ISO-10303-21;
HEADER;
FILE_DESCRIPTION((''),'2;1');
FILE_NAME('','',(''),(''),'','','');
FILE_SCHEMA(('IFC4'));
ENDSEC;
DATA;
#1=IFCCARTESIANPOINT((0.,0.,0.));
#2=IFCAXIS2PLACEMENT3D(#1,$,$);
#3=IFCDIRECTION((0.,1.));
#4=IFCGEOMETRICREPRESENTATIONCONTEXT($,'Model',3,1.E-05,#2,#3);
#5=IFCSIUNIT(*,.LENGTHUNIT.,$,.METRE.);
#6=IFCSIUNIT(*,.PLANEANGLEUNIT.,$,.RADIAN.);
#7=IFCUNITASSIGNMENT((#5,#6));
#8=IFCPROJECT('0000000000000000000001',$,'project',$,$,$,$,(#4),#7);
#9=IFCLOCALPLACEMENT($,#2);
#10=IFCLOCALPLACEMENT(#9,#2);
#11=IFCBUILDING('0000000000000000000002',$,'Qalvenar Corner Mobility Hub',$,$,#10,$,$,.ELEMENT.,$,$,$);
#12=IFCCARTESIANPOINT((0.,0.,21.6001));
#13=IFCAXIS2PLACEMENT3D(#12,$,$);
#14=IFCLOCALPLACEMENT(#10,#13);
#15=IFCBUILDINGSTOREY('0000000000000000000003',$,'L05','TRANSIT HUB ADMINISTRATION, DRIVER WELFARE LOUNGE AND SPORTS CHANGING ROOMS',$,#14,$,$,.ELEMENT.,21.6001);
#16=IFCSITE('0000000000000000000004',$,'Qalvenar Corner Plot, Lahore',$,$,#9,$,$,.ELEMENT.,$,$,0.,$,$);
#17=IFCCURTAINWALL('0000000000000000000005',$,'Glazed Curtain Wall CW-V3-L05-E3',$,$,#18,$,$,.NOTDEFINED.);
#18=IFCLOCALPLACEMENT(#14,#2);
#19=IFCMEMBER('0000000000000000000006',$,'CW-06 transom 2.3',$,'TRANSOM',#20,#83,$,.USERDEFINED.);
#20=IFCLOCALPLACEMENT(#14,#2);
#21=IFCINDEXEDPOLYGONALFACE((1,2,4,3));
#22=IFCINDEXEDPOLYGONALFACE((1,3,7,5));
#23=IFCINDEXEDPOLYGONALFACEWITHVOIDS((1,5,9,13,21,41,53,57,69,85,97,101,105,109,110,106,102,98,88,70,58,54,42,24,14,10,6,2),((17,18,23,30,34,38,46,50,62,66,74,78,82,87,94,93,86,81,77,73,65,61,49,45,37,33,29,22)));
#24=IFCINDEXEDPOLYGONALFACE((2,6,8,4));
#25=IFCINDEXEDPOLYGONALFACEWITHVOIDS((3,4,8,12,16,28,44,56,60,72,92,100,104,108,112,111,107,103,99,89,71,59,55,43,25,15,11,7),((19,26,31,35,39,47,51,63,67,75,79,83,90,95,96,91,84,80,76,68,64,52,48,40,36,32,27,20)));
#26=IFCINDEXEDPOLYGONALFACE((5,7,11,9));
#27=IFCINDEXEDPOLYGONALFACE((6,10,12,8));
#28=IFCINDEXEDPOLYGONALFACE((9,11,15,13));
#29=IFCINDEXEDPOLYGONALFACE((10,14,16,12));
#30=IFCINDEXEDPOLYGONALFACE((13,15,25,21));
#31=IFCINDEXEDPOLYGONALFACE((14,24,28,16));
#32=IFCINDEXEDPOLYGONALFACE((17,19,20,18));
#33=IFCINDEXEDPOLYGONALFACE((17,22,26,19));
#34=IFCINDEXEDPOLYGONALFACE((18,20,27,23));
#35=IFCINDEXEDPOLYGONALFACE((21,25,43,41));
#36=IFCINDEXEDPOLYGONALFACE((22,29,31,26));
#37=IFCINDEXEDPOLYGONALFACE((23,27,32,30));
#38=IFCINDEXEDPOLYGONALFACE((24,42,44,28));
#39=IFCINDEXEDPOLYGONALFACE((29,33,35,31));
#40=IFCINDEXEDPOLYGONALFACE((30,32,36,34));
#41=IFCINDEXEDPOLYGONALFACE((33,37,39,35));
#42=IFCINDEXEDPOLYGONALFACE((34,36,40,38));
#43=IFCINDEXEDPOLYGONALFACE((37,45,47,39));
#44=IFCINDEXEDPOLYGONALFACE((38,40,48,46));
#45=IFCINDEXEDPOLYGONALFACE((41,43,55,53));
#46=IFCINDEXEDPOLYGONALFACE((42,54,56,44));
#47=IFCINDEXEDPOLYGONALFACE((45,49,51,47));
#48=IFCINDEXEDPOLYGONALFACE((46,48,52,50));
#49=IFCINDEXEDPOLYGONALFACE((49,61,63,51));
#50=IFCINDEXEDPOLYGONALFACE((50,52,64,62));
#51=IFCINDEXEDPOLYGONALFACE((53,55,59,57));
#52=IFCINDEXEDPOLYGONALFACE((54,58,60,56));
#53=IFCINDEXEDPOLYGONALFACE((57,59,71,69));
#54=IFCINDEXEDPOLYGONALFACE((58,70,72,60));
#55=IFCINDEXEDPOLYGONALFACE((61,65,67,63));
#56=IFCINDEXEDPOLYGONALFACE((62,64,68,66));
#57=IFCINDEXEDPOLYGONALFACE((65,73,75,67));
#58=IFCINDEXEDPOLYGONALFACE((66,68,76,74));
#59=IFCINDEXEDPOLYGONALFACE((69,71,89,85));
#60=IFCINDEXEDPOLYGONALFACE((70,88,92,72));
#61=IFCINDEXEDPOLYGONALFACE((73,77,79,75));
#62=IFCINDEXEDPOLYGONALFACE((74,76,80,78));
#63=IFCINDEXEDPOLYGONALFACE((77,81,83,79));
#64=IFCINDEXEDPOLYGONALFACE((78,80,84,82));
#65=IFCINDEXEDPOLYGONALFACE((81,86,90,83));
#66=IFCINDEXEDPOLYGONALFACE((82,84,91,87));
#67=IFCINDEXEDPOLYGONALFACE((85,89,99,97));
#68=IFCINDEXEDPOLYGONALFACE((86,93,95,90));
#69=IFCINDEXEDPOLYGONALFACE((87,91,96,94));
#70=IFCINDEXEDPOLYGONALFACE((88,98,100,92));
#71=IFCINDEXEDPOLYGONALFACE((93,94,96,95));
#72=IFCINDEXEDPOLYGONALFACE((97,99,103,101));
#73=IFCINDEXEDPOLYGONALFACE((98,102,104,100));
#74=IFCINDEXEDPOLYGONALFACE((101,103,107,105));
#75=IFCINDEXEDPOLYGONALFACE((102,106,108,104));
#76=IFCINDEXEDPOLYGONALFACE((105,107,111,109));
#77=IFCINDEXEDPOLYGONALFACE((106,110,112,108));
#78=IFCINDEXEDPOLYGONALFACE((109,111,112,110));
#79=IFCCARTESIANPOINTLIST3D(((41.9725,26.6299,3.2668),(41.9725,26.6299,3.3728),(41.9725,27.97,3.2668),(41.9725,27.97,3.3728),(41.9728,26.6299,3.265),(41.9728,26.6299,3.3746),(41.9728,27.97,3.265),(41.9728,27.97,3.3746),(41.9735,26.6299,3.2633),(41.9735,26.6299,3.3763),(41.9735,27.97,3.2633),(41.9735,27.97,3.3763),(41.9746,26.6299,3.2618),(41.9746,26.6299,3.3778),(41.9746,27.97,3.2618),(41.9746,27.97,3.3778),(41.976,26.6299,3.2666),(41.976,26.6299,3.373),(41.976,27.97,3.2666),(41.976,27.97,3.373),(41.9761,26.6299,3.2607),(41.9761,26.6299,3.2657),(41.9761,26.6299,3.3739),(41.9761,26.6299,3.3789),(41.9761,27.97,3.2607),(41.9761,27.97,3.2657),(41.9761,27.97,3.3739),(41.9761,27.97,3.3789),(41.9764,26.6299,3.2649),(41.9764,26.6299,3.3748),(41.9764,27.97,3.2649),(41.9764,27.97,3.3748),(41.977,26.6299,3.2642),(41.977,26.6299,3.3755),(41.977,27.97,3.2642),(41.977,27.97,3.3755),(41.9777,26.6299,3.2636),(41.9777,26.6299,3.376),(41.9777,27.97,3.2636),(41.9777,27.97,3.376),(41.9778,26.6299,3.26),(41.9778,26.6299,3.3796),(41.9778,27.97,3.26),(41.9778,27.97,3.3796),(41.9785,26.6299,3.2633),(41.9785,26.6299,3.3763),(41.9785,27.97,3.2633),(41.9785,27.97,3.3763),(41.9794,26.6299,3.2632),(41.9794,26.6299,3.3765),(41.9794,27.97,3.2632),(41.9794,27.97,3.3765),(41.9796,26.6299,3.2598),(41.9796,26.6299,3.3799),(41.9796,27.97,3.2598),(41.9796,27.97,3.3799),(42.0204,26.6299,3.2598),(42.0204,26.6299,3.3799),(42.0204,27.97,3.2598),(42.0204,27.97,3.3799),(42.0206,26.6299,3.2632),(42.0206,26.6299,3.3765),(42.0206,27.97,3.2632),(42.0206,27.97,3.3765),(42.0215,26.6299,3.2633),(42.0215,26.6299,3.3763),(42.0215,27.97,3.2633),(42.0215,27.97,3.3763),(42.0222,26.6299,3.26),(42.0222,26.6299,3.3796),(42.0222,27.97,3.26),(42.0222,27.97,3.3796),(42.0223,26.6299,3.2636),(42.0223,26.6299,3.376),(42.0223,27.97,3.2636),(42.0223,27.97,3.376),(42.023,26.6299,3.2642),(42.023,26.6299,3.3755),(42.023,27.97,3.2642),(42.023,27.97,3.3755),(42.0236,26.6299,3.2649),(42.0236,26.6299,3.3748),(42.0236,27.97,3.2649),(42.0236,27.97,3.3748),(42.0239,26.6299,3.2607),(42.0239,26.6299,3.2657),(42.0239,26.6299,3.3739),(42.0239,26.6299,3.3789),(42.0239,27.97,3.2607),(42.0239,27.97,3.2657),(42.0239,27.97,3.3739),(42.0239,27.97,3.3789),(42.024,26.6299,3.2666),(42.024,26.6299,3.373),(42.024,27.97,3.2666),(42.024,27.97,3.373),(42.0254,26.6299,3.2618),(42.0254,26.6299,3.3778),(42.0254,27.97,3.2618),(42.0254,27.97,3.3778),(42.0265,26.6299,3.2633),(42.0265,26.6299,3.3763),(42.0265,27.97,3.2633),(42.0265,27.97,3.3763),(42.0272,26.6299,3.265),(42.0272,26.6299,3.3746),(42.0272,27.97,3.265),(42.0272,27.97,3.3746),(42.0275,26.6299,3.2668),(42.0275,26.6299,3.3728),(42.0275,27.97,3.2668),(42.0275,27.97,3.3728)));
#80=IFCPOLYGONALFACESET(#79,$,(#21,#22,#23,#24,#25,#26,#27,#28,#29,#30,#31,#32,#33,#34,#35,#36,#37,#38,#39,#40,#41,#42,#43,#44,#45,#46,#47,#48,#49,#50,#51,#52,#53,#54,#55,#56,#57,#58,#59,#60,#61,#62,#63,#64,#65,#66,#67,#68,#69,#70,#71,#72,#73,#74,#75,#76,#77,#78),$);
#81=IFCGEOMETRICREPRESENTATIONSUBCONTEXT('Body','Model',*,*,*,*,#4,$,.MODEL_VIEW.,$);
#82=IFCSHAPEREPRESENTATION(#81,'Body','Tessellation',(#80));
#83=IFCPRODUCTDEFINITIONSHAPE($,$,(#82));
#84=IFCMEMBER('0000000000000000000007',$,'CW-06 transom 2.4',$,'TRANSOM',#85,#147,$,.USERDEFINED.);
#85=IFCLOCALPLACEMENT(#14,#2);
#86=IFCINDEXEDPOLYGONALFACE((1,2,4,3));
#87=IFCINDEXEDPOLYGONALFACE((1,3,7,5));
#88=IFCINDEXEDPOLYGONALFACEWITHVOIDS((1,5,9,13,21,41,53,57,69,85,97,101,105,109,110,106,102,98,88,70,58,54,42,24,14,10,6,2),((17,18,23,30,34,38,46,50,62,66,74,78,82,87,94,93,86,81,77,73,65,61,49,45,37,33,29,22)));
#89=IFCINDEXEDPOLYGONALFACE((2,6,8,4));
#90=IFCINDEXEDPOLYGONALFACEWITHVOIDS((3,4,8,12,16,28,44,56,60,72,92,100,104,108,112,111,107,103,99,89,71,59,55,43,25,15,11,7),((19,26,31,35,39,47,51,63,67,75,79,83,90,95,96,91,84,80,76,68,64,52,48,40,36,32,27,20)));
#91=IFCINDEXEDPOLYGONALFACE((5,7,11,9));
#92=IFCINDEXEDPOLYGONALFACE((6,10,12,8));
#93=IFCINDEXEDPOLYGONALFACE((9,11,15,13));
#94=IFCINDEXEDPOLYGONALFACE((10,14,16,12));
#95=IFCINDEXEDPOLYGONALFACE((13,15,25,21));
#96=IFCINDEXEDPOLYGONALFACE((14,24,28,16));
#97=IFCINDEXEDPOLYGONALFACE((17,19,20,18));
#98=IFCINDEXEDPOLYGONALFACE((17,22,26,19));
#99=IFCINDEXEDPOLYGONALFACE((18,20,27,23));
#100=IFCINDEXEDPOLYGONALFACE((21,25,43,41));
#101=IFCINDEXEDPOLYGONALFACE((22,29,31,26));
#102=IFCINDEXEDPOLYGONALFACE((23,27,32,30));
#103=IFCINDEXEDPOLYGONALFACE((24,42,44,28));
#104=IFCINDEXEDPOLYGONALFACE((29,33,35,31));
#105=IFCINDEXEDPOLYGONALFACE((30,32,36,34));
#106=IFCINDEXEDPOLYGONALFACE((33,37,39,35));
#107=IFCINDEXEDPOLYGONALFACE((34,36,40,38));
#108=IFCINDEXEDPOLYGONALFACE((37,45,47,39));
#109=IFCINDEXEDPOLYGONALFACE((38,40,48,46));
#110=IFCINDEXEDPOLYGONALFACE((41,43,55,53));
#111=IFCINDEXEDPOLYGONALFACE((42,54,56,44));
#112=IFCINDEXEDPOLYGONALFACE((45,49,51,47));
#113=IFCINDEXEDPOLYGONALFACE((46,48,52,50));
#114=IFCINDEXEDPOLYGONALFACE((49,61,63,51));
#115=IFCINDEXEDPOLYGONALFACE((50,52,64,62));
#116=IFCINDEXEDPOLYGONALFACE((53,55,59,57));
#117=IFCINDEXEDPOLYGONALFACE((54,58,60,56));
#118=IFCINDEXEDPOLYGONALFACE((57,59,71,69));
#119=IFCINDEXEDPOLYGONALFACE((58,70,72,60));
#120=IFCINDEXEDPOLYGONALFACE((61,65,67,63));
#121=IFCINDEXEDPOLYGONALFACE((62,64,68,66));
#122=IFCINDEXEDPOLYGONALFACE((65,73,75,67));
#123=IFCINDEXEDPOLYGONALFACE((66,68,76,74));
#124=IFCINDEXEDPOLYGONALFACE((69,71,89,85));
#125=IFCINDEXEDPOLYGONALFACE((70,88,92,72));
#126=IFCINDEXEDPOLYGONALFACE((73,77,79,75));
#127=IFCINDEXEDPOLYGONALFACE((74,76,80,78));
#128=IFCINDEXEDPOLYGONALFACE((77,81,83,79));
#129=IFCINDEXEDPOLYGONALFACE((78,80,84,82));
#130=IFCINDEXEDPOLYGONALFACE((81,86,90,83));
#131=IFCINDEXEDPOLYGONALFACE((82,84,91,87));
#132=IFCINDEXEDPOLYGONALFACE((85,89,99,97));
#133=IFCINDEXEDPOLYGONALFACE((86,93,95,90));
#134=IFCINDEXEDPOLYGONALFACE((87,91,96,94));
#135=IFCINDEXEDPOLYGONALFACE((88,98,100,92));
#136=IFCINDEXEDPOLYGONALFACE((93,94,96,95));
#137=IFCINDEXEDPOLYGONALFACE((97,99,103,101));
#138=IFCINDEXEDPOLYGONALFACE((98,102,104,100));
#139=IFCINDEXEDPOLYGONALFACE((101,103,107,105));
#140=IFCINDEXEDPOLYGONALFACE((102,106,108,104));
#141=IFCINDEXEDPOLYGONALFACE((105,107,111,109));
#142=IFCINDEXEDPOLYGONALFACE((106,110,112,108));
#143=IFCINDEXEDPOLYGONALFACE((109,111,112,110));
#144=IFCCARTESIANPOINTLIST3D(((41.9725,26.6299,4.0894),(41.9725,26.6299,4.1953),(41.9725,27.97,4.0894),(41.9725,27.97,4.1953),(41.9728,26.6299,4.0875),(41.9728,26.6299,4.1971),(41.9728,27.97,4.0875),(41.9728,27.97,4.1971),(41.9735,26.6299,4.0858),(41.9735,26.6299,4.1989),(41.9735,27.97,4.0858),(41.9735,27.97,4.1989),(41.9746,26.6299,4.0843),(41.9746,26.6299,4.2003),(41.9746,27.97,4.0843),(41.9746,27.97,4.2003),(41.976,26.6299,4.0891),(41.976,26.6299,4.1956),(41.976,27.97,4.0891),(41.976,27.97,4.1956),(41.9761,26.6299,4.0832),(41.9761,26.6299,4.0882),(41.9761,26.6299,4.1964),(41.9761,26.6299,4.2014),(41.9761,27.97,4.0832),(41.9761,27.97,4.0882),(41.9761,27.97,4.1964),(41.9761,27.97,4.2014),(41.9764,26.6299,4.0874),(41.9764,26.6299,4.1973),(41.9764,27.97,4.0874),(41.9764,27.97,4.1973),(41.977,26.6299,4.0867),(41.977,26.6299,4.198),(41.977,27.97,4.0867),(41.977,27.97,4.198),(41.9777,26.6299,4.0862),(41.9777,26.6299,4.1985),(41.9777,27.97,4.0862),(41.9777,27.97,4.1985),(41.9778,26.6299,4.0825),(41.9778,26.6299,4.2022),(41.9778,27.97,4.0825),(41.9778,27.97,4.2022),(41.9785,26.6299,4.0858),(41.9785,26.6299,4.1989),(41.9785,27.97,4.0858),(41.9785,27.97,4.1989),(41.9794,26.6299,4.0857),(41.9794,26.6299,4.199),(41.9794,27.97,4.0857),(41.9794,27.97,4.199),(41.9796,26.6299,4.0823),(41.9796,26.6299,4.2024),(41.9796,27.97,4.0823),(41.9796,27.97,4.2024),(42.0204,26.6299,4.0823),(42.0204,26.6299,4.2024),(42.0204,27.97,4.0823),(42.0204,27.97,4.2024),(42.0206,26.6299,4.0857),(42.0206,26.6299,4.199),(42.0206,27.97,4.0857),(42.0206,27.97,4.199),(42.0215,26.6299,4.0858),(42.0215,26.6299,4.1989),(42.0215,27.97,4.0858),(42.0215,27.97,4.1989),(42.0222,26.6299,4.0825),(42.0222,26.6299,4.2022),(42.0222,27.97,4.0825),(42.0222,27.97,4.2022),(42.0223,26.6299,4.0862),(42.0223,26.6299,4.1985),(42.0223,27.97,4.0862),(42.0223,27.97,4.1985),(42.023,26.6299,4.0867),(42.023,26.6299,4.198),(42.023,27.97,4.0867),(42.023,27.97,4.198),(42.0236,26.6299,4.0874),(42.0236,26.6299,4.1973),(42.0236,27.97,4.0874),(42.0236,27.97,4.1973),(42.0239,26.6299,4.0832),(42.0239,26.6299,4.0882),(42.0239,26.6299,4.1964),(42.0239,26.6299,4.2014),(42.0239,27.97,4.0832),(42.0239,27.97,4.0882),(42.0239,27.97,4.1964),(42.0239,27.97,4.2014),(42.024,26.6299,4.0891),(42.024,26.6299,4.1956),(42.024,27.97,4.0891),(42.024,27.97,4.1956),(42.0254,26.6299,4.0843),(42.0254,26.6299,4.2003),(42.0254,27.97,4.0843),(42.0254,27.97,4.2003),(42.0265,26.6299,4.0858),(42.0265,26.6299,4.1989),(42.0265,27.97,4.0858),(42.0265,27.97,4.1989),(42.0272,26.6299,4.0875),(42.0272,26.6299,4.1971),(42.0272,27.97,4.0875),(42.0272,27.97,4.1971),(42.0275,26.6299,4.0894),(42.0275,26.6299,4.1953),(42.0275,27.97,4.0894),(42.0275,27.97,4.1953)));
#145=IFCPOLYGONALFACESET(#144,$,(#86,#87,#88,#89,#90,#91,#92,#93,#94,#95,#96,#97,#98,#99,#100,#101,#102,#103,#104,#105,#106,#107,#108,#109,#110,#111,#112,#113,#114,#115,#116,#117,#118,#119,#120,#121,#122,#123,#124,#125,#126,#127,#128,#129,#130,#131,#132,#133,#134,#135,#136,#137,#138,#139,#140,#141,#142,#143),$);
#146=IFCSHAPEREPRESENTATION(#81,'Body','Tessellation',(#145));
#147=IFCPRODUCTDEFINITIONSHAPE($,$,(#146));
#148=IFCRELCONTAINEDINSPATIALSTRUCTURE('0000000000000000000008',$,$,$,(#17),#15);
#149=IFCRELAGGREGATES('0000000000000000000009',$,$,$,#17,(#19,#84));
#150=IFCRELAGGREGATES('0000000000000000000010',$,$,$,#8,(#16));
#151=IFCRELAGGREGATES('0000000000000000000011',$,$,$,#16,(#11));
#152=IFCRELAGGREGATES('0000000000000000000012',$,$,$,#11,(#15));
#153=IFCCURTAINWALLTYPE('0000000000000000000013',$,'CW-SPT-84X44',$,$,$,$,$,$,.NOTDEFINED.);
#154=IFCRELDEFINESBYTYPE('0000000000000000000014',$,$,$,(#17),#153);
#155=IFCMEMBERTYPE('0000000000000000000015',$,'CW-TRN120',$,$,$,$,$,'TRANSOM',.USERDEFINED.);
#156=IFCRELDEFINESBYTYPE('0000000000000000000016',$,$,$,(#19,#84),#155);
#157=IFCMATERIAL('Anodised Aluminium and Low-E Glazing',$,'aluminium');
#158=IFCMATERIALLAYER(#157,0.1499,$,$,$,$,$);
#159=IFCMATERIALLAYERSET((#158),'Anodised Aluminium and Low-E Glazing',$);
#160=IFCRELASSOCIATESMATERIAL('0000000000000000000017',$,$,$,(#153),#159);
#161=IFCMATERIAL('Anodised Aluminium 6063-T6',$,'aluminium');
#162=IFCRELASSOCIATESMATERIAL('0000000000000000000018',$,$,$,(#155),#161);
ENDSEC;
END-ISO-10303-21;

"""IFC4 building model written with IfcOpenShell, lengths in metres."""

from ifc_helpers import new_model, si_unit, direction, frame, origin, origin_2d, place, context, subcontext, project, spatial, hollow_rectangle, extrude, material, layer, layer_set, material_profile, profile_set, type_object, element, aggregate, save


model = new_model("IFC4")

# Units and contexts
model_context = context("Model", 3, precision=1e-05, world=origin(), true_north=direction((0.0, 1.0)))
body_context = subcontext(model_context, "Body", "Model", "MODEL_VIEW")
ifc_project = project(units=[si_unit("LENGTHUNIT", "METRE"), si_unit("PLANEANGLEUNIT", "RADIAN")], contexts=[model_context])

# Site, building, storey
site_placement = place(None, origin())
site = spatial("IfcSite", under=ifc_project, at=site_placement, Name="Qalvenar Corner Plot, Lahore", CompositionType="ELEMENT", RefElevation=0.0)
building_placement = place(site_placement, origin())
building = spatial("IfcBuilding", under=site, at=building_placement, Name="Qalvenar Corner Mobility Hub", CompositionType="ELEMENT")
storey_placement = place(building_placement, frame((0.0, 0.0, 21.6001)))
storey = spatial("IfcBuildingStorey", under=building, at=storey_placement, Name="L05", Description="TRANSIT HUB ADMINISTRATION, DRIVER WELFARE LOUNGE AND SPORTS CHANGING ROOMS", CompositionType="ELEMENT", Elevation=21.6001)

# Curtain wall, members
ifc_material_1 = material(Name="Anodised Aluminium and Low-E Glazing", Category="aluminium")
ifc_layer_1 = layer(ifc_material_1, 0.1499)
ifc_layer_set_1 = layer_set([ifc_layer_1], Name="Anodised Aluminium and Low-E Glazing")
curtain_wall_type = type_object("IfcCurtainWallType", Name="CW-SPT-84X44", PredefinedType="NOTDEFINED", material=ifc_layer_set_1)
curtain_wall_placement = place(storey_placement, origin())
curtain_wall = element("IfcCurtainWall", 1, at=curtain_wall_placement, inside=storey, type_object=curtain_wall_type, Name="Glazed Curtain Wall CW-V3-L05-E3", PredefinedType="NOTDEFINED")
ifc_material_2 = material(Name="Anodised Aluminium 6063-T6", Category="aluminium")
ifc_material_profile_1 = material_profile(ifc_material_2, hollow_rectangle(XDim=0.0549, YDim=0.1201, WallThickness=0.0034, InnerFilletRadius=0.0034, OuterFilletRadius=0.0071, at=origin_2d()), Name="RHS120x55x3.5")
ifc_profile_set_1 = profile_set([ifc_material_profile_1], Name="Anodised Aluminium 6063-T6")
member_type_1 = type_object("IfcMemberType", Name="CW-TRN120", ElementType="TRANSOM", PredefinedType="USERDEFINED", material=ifc_profile_set_1)
member_1_placement = place(storey_placement, frame((42.0, 26.6299, 3.3198), z_axis=(0.0, 1.0, 0.0), x_axis=(-1.0, 0.0, 0.0)))
member_1 = element("IfcMember", 2, at=member_1_placement, type_object=member_type_1, Name="CW-06 transom 2.3", ObjectType="TRANSOM", PredefinedType="USERDEFINED", context=body_context, shape_type="SweptSolid", body=[
    extrude(hollow_rectangle(XDim=0.0549, YDim=0.1201, WallThickness=0.0034, InnerFilletRadius=0.0034, OuterFilletRadius=0.0071, at=origin_2d()), origin(), (0.0, 0.0, 1.0), 1.3401),
])
member_2_placement = place(storey_placement, frame((42.0, 26.6299, 4.1423), z_axis=(0.0, 1.0, 0.0), x_axis=(-1.0, 0.0, 0.0)))
member_2 = element("IfcMember", 3, at=member_2_placement, type_object=member_type_1, Name="CW-06 transom 2.4", ObjectType="TRANSOM", PredefinedType="USERDEFINED", context=body_context, shape_type="SweptSolid", body=[
    extrude(hollow_rectangle(XDim=0.0549, YDim=0.1201, WallThickness=0.0034, InnerFilletRadius=0.0034, OuterFilletRadius=0.0071, at=origin_2d()), origin(), (0.0, 0.0, 1.0), 1.3401),
])
aggregate(curtain_wall, [member_1, member_2])

save(model, "model.ifc")
